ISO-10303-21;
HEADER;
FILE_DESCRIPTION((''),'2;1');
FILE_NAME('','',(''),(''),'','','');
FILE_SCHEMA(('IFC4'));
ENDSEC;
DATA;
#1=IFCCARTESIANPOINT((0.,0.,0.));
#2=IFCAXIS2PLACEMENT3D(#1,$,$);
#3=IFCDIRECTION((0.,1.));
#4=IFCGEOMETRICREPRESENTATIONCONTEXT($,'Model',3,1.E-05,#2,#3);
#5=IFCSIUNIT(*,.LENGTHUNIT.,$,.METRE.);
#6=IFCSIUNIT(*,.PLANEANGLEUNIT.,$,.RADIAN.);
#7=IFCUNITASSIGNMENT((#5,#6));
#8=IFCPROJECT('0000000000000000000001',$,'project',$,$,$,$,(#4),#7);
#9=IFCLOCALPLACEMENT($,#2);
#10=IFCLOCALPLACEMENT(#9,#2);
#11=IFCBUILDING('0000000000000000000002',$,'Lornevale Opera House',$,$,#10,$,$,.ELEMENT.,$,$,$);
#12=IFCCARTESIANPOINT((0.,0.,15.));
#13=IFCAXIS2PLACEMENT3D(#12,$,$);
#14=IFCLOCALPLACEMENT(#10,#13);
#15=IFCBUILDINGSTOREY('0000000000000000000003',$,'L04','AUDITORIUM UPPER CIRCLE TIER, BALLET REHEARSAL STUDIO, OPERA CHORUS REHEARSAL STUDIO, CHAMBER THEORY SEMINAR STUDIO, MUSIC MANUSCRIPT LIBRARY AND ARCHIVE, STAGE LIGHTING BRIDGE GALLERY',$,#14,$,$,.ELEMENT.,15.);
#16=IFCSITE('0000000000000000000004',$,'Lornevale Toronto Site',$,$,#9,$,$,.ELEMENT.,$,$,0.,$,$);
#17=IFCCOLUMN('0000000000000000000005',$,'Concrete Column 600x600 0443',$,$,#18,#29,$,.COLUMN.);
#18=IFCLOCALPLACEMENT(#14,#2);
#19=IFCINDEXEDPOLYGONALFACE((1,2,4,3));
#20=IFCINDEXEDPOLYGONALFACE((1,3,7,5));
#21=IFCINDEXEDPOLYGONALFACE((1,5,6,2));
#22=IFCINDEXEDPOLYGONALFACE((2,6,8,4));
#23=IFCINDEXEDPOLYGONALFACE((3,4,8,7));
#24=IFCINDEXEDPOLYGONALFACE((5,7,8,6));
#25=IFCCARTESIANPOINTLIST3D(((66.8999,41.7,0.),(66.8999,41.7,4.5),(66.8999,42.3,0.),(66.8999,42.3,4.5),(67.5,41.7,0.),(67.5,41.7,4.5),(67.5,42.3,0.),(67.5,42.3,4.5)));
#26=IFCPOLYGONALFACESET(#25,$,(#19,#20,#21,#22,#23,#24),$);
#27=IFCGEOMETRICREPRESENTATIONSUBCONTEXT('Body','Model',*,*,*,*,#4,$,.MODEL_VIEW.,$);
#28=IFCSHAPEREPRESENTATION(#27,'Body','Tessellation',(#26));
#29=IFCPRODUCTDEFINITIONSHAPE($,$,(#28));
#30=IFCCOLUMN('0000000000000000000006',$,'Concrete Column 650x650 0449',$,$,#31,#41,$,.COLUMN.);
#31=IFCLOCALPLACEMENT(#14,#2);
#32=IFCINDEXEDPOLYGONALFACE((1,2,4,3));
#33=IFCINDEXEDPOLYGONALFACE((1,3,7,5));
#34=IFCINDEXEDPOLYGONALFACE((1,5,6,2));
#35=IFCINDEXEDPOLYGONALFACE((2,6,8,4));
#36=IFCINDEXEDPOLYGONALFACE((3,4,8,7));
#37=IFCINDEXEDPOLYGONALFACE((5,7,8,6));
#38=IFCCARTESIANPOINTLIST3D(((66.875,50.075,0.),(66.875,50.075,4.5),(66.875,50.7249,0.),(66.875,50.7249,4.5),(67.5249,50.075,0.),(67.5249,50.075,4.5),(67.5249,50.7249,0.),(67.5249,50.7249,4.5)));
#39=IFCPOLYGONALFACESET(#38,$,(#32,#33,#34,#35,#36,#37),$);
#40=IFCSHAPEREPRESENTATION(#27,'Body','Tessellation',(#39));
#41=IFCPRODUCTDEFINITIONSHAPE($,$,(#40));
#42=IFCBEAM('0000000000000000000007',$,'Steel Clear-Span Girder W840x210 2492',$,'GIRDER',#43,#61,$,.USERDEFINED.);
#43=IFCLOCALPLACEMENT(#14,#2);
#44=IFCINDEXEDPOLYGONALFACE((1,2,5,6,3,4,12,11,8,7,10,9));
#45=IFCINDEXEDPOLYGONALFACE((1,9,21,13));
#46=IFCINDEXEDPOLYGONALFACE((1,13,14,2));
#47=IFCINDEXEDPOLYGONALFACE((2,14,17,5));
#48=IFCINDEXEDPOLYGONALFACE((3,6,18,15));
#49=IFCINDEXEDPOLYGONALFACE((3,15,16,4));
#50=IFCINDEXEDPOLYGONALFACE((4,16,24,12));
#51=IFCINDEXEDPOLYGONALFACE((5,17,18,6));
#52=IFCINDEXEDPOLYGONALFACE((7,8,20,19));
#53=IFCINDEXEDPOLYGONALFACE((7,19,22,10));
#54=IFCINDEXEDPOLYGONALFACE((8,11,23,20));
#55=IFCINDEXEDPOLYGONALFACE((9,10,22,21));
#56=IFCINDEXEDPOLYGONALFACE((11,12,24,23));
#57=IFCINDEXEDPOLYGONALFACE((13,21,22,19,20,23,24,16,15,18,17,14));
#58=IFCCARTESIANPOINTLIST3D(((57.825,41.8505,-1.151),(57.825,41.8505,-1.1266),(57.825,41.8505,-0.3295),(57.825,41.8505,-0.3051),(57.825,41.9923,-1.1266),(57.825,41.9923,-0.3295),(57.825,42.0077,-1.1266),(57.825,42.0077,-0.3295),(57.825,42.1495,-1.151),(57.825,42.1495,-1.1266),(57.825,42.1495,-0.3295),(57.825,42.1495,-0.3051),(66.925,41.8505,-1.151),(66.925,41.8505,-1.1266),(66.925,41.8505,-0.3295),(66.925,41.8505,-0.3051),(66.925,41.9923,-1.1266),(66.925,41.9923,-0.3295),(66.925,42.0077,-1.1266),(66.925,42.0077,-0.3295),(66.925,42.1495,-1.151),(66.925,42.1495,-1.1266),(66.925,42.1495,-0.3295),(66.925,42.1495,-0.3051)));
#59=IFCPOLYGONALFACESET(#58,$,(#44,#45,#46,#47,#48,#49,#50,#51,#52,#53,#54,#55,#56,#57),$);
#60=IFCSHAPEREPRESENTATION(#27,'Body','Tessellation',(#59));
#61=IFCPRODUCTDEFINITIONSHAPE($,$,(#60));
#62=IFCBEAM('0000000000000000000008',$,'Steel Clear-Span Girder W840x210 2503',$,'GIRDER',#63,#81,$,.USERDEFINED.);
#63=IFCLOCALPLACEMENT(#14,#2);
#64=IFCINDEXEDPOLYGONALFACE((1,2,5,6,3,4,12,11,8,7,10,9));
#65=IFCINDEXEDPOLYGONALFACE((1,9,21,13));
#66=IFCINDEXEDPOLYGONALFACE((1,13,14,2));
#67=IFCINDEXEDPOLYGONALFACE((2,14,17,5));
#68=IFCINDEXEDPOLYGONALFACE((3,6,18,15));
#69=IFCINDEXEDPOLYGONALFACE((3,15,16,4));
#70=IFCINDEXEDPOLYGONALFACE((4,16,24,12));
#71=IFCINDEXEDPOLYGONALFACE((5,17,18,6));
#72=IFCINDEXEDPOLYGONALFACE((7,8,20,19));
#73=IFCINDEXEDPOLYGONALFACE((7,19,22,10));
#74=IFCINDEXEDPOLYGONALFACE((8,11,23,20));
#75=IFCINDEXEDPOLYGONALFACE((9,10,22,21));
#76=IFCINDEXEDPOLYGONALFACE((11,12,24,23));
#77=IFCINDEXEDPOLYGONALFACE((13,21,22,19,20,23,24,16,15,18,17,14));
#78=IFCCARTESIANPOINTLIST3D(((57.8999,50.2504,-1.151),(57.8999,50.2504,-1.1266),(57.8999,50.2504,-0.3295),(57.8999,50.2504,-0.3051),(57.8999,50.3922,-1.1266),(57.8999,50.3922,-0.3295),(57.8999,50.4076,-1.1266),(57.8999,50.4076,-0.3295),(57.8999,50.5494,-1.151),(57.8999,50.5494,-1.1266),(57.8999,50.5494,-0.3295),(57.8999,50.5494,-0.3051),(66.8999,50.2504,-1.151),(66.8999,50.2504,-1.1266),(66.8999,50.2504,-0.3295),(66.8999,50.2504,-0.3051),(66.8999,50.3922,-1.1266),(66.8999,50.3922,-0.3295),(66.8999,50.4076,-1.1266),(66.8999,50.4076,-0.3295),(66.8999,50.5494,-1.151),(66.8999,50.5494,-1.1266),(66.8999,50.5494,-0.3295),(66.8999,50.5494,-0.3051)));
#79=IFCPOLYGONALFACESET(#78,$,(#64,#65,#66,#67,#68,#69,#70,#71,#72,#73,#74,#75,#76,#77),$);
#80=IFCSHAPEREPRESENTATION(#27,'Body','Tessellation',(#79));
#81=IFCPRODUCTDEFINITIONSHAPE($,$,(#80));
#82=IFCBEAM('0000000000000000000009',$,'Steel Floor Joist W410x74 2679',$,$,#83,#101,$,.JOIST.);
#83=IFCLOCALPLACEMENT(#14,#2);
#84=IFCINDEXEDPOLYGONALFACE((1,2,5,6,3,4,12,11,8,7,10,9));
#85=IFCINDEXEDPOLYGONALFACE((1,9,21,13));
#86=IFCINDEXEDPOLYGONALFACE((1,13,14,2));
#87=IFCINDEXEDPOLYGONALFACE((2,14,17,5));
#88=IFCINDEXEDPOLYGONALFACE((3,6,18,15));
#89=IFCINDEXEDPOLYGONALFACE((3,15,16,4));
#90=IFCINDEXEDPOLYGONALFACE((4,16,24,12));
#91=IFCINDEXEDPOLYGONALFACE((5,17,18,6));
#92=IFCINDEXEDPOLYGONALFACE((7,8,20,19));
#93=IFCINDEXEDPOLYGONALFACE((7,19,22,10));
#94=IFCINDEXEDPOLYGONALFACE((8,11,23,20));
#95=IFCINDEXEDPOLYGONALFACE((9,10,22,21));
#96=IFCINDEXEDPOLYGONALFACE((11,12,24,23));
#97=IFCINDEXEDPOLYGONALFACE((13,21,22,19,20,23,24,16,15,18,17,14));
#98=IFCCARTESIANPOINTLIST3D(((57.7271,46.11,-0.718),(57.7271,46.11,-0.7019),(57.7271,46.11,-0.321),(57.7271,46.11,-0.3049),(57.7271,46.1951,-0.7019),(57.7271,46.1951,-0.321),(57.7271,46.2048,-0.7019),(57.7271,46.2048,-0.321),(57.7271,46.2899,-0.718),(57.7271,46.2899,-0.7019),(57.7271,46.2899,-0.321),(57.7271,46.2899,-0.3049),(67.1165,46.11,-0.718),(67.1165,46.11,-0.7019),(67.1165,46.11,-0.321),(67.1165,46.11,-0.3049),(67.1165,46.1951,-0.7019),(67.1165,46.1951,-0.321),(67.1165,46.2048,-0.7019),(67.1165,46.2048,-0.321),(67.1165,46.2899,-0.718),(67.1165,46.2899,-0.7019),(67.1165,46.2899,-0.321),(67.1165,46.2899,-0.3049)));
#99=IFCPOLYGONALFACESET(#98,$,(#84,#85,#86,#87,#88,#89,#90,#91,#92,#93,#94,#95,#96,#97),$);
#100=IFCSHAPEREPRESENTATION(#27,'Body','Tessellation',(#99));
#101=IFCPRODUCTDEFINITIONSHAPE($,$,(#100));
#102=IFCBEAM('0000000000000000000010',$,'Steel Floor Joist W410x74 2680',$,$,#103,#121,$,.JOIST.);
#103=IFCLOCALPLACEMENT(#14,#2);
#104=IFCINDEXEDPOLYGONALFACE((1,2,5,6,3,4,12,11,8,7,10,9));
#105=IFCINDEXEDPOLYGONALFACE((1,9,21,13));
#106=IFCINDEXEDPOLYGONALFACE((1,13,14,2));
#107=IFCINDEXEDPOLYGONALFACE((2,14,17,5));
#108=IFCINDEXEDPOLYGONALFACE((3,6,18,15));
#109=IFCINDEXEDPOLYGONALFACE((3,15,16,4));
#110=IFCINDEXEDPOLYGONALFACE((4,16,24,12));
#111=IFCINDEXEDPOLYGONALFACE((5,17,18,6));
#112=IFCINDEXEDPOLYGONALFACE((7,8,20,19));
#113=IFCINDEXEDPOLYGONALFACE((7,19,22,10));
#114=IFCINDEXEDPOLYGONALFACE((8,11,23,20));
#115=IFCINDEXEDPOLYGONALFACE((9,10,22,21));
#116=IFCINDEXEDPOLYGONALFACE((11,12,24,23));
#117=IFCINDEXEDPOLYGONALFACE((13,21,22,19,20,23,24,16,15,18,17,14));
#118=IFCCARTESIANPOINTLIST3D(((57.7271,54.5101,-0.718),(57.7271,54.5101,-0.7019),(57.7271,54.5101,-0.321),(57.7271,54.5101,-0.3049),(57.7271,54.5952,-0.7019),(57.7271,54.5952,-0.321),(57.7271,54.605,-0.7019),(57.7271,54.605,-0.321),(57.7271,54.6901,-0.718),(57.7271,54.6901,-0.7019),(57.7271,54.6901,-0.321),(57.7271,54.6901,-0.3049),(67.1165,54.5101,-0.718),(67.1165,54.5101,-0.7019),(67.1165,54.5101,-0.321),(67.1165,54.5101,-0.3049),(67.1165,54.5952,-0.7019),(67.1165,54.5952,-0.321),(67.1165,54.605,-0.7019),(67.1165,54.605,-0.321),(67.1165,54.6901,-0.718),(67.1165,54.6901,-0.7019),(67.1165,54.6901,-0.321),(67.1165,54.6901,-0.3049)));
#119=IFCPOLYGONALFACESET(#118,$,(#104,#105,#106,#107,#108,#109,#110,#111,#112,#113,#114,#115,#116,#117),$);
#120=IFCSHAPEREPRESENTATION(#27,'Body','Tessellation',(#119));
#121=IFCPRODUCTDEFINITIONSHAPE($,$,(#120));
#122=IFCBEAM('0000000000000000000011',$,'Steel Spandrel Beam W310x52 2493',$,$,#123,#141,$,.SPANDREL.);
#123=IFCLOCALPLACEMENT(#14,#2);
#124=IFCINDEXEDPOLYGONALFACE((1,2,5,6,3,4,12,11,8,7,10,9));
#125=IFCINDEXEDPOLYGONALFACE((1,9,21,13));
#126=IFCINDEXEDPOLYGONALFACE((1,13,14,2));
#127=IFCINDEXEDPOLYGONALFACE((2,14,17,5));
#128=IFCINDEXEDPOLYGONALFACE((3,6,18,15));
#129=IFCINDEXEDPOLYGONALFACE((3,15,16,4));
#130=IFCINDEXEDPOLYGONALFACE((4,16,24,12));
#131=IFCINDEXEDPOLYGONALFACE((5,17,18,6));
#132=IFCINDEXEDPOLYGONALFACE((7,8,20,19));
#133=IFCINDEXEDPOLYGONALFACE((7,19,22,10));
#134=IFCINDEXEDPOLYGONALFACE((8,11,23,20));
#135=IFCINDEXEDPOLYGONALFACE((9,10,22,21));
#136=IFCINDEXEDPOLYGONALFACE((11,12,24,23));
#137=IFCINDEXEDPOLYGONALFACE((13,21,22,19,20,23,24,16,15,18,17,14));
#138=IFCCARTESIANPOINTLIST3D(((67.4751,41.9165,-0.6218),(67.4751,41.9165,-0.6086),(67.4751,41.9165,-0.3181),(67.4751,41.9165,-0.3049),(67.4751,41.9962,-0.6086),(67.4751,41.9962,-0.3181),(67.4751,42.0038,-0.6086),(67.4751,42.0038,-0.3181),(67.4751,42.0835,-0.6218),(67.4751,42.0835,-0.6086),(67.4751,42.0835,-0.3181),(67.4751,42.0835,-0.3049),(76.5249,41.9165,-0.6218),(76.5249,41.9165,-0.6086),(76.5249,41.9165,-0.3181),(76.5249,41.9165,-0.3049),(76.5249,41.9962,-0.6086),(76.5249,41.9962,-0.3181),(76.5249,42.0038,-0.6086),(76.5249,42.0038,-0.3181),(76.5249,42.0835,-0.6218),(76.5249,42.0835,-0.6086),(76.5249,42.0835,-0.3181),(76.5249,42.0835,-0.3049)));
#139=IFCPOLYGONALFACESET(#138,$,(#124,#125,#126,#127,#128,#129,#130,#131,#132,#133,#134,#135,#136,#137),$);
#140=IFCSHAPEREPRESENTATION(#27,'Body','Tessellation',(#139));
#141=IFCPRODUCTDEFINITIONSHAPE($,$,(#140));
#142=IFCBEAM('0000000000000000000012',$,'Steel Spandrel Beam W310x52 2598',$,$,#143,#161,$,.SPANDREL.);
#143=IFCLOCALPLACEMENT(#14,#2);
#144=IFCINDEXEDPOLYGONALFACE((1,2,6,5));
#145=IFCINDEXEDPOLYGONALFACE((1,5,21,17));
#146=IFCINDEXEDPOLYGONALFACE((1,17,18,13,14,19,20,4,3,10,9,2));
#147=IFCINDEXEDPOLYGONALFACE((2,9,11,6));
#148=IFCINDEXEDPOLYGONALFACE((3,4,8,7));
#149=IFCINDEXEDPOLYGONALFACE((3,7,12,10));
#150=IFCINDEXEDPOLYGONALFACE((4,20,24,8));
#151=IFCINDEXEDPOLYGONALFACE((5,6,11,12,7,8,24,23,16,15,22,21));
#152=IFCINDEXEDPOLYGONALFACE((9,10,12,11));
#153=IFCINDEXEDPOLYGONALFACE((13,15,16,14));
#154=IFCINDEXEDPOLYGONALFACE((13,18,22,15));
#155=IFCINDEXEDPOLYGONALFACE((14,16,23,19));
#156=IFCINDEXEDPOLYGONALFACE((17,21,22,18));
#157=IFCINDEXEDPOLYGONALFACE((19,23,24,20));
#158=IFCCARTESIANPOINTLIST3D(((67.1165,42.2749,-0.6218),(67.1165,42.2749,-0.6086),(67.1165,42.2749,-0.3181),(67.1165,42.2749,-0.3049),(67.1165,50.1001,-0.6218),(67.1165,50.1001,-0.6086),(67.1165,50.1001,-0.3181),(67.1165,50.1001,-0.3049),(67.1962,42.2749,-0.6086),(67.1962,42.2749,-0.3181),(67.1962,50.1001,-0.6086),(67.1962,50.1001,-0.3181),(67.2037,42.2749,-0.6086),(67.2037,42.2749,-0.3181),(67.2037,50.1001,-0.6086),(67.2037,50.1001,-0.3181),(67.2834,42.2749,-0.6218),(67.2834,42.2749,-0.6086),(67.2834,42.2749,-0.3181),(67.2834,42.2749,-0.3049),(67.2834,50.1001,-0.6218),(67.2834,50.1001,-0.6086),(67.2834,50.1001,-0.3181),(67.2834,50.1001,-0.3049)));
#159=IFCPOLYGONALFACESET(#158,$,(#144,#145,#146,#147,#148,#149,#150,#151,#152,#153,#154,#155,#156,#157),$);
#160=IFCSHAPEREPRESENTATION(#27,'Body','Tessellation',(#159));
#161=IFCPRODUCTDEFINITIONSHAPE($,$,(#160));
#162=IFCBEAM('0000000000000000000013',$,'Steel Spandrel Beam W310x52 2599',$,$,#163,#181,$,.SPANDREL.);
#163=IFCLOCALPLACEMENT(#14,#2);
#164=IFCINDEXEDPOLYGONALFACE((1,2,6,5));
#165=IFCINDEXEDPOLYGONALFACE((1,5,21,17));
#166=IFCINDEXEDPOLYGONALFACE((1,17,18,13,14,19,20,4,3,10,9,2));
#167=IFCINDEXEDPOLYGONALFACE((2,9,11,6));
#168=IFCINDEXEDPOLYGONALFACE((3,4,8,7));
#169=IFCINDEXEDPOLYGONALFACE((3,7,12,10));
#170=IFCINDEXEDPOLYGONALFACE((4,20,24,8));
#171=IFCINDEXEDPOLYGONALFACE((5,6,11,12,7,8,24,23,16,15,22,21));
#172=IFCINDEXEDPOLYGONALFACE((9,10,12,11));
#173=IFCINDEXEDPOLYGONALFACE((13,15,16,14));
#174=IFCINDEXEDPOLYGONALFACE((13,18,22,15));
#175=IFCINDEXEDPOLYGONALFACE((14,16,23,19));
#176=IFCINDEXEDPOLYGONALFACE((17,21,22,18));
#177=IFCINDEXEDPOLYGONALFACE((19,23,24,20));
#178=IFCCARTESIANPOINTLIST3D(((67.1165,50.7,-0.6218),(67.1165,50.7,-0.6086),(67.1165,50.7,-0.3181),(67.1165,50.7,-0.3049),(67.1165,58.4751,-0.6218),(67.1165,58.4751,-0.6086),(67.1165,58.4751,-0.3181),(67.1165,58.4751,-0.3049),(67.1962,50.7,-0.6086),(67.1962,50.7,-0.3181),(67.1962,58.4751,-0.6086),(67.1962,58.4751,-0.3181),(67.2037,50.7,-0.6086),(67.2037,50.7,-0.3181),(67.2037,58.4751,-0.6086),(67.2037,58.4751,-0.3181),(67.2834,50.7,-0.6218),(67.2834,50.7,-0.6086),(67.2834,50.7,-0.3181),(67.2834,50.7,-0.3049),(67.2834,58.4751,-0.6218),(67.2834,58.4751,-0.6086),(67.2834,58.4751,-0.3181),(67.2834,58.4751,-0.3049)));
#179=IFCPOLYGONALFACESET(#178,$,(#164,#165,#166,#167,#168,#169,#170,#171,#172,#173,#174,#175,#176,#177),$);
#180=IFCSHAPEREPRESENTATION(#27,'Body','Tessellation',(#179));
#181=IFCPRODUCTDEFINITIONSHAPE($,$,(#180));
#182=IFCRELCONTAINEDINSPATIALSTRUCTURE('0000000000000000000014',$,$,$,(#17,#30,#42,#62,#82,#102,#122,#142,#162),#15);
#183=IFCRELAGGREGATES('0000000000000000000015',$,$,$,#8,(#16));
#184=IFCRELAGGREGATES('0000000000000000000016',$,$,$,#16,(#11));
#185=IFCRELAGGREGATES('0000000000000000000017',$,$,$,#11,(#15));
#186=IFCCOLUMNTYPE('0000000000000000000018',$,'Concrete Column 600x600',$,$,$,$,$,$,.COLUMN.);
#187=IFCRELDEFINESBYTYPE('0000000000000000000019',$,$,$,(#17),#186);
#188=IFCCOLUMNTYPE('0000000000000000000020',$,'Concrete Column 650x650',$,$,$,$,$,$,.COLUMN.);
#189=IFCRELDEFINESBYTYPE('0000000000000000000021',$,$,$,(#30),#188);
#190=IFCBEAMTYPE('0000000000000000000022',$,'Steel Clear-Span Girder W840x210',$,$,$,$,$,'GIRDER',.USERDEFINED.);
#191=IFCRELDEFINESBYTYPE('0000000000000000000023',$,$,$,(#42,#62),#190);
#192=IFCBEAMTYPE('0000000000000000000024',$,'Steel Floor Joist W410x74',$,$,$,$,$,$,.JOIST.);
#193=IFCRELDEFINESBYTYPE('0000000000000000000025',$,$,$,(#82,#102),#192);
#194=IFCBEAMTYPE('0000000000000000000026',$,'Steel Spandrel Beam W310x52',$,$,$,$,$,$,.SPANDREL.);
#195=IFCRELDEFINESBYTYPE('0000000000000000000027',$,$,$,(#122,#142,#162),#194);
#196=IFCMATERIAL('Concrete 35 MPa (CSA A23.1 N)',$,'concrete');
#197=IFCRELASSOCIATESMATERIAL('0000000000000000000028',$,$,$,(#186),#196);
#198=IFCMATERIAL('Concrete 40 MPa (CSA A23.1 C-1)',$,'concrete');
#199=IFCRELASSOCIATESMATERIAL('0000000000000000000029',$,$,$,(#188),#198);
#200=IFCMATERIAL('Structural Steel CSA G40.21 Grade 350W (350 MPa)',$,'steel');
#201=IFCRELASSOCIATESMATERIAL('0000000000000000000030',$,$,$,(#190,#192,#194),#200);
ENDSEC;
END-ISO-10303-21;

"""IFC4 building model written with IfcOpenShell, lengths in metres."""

from ifc_helpers import new_model, si_unit, direction, frame, origin, origin_2d, place, context, subcontext, project, spatial, rectangle, i_section, extrude, material, material_profile, profile_set, type_object, element, save


model = new_model("IFC4")

# Units and contexts
model_context = context("Model", 3, precision=1e-05, world=origin(), true_north=direction((0.0, 1.0)))
body_context = subcontext(model_context, "Body", "Model", "MODEL_VIEW")
ifc_project = project(units=[si_unit("LENGTHUNIT", "METRE"), si_unit("PLANEANGLEUNIT", "RADIAN")], contexts=[model_context])

# Site, building, storey
site_placement = place(None, origin())
site = spatial("IfcSite", under=ifc_project, at=site_placement, Name="Lornevale Toronto Site", CompositionType="ELEMENT", RefElevation=0.0)
building_placement = place(site_placement, origin())
building = spatial("IfcBuilding", under=site, at=building_placement, Name="Lornevale Opera House", CompositionType="ELEMENT")
storey_placement = place(building_placement, frame((0.0, 0.0, 15.0)))
storey = spatial("IfcBuildingStorey", under=building, at=storey_placement, Name="L04", Description="AUDITORIUM UPPER CIRCLE TIER, BALLET REHEARSAL STUDIO, OPERA CHORUS REHEARSAL STUDIO, CHAMBER THEORY SEMINAR STUDIO, MUSIC MANUSCRIPT LIBRARY AND ARCHIVE, STAGE LIGHTING BRIDGE GALLERY", CompositionType="ELEMENT", Elevation=15.0)

# Columns
ifc_material_1 = material(Name="Concrete 35 MPa (CSA A23.1 N)", Category="concrete")
ifc_material_profile_1 = material_profile(ifc_material_1, rectangle(XDim=0.6001, YDim=0.6001, at=origin_2d()), Name="RC600x600")
ifc_profile_set_1 = profile_set([ifc_material_profile_1], Name="Concrete 35 MPa (CSA A23.1 N)")
column_type_1 = type_object("IfcColumnType", Name="Concrete Column 600x600", PredefinedType="COLUMN", material=ifc_profile_set_1)
column_1_placement = place(storey_placement, frame((67.2, 42.0, 0.0), z_axis=(0.0, 0.0, 1.0), x_axis=(1.0, 0.0, 0.0)))
element("IfcColumn", 1, at=column_1_placement, inside=storey, type_object=column_type_1, Name="Concrete Column 600x600 0443", PredefinedType="COLUMN", context=body_context, shape_type="SweptSolid", body=[
    extrude(rectangle(XDim=0.6001, YDim=0.6001, at=origin_2d()), origin(), (0.0, 0.0, 1.0), 4.5),
])
ifc_material_2 = material(Name="Concrete 40 MPa (CSA A23.1 C-1)", Category="concrete")
ifc_material_profile_2 = material_profile(ifc_material_2, rectangle(XDim=0.6499, YDim=0.6499, at=origin_2d()), Name="RC650x650")
ifc_profile_set_2 = profile_set([ifc_material_profile_2], Name="Concrete 40 MPa (CSA A23.1 C-1)")
column_type_2 = type_object("IfcColumnType", Name="Concrete Column 650x650", PredefinedType="COLUMN", material=ifc_profile_set_2)
column_2_placement = place(storey_placement, frame((67.2, 50.3999, 0.0), z_axis=(0.0, 0.0, 1.0), x_axis=(1.0, 0.0, 0.0)))
element("IfcColumn", 2, at=column_2_placement, inside=storey, type_object=column_type_2, Name="Concrete Column 650x650 0449", PredefinedType="COLUMN", context=body_context, shape_type="SweptSolid", body=[
    extrude(rectangle(XDim=0.6499, YDim=0.6499, at=origin_2d()), origin(), (0.0, 0.0, 1.0), 4.5),
])

# Beams
ifc_material_3 = material(Name="Structural Steel CSA G40.21 Grade 350W (350 MPa)", Category="steel")
ifc_material_profile_3 = material_profile(ifc_material_3, i_section(OverallWidth=0.2991, OverallDepth=0.8459, WebThickness=0.0154, FlangeThickness=0.0244, at=origin_2d()), Name="W840x210")
ifc_profile_set_3 = profile_set([ifc_material_profile_3], Name="Structural Steel CSA G40.21 Grade 350W (350 MPa)")
beam_type_1 = type_object("IfcBeamType", Name="Steel Clear-Span Girder W840x210", ElementType="GIRDER", PredefinedType="USERDEFINED", material=ifc_profile_set_3)
beam_1_placement = place(storey_placement, frame((57.825, 42.0, -0.728), z_axis=(1.0, 0.0, 0.0), x_axis=(0.0, 1.0, 0.0)))
element("IfcBeam", 3, at=beam_1_placement, inside=storey, type_object=beam_type_1, Name="Steel Clear-Span Girder W840x210 2492", ObjectType="GIRDER", PredefinedType="USERDEFINED", context=body_context, shape_type="SweptSolid", body=[
    extrude(i_section(OverallWidth=0.2991, OverallDepth=0.8459, WebThickness=0.0154, FlangeThickness=0.0244, at=origin_2d()), origin(), (0.0, 0.0, 1.0), 9.1001),
])
beam_2_placement = place(storey_placement, frame((57.8999, 50.3999, -0.728), z_axis=(1.0, 0.0, 0.0), x_axis=(0.0, 1.0, 0.0)))
element("IfcBeam", 4, at=beam_2_placement, inside=storey, type_object=beam_type_1, Name="Steel Clear-Span Girder W840x210 2503", ObjectType="GIRDER", PredefinedType="USERDEFINED", context=body_context, shape_type="SweptSolid", body=[
    extrude(i_section(OverallWidth=0.2991, OverallDepth=0.8459, WebThickness=0.0154, FlangeThickness=0.0244, at=origin_2d()), origin(), (0.0, 0.0, 1.0), 9.0),
])
ifc_material_profile_4 = material_profile(ifc_material_3, i_section(OverallWidth=0.1799, OverallDepth=0.4131, WebThickness=0.0098, FlangeThickness=0.0161, at=origin_2d()), Name="W410x74")
ifc_profile_set_4 = profile_set([ifc_material_profile_4], Name="Structural Steel CSA G40.21 Grade 350W (350 MPa)")
beam_type_2 = type_object("IfcBeamType", Name="Steel Floor Joist W410x74", PredefinedType="JOIST", material=ifc_profile_set_4)
for number, where, z_axis, x_axis, name in (
    (5, (57.7271, 46.2, -0.5115), (1.0, 0.0, 0.0), (0.0, 1.0, 0.0), "Steel Floor Joist W410x74 2679"),
    (6, (57.7271, 54.6001, -0.5115), (1.0, 0.0, 0.0), (0.0, 1.0, 0.0), "Steel Floor Joist W410x74 2680"),
):
    element("IfcBeam", number, at=place(storey_placement, frame(where, z_axis=z_axis, x_axis=x_axis)), inside=storey, type_object=beam_type_2, Name=name, PredefinedType="JOIST", context=body_context, shape_type="SweptSolid", body=[
        extrude(i_section(OverallWidth=0.1799, OverallDepth=0.4131, WebThickness=0.0098, FlangeThickness=0.0161, at=origin_2d()), origin(), (0.0, 0.0, 1.0), 9.3894),
    ])
ifc_material_profile_5 = material_profile(ifc_material_3, i_section(OverallWidth=0.167, OverallDepth=0.3169, WebThickness=0.0076, FlangeThickness=0.0132, at=origin_2d()), Name="W310x52")
ifc_profile_set_5 = profile_set([ifc_material_profile_5], Name="Structural Steel CSA G40.21 Grade 350W (350 MPa)")
beam_type_3 = type_object("IfcBeamType", Name="Steel Spandrel Beam W310x52", PredefinedType="SPANDREL", material=ifc_profile_set_5)
beam_3_placement = place(storey_placement, frame((67.4751, 42.0, -0.4634), z_axis=(1.0, 0.0, 0.0), x_axis=(0.0, 1.0, 0.0)))
element("IfcBeam", 7, at=beam_3_placement, inside=storey, type_object=beam_type_3, Name="Steel Spandrel Beam W310x52 2493", PredefinedType="SPANDREL", context=body_context, shape_type="SweptSolid", body=[
    extrude(i_section(OverallWidth=0.167, OverallDepth=0.3169, WebThickness=0.0076, FlangeThickness=0.0132, at=origin_2d()), origin(), (0.0, 0.0, 1.0), 9.0498),
])
beam_4_placement = place(storey_placement, frame((67.2, 42.2749, -0.4634), z_axis=(0.0, 1.0, 0.0), x_axis=(-1.0, 0.0, 0.0)))
element("IfcBeam", 8, at=beam_4_placement, inside=storey, type_object=beam_type_3, Name="Steel Spandrel Beam W310x52 2598", PredefinedType="SPANDREL", context=body_context, shape_type="SweptSolid", body=[
    extrude(i_section(OverallWidth=0.167, OverallDepth=0.3169, WebThickness=0.0076, FlangeThickness=0.0132, at=origin_2d()), origin(), (0.0, 0.0, 1.0), 7.8252),
])
beam_5_placement = place(storey_placement, frame((67.2, 50.7, -0.4634), z_axis=(0.0, 1.0, 0.0), x_axis=(-1.0, 0.0, 0.0)))
element("IfcBeam", 9, at=beam_5_placement, inside=storey, type_object=beam_type_3, Name="Steel Spandrel Beam W310x52 2599", PredefinedType="SPANDREL", context=body_context, shape_type="SweptSolid", body=[
    extrude(i_section(OverallWidth=0.167, OverallDepth=0.3169, WebThickness=0.0076, FlangeThickness=0.0132, at=origin_2d()), origin(), (0.0, 0.0, 1.0), 7.7751),
])

save(model, "model.ifc")
